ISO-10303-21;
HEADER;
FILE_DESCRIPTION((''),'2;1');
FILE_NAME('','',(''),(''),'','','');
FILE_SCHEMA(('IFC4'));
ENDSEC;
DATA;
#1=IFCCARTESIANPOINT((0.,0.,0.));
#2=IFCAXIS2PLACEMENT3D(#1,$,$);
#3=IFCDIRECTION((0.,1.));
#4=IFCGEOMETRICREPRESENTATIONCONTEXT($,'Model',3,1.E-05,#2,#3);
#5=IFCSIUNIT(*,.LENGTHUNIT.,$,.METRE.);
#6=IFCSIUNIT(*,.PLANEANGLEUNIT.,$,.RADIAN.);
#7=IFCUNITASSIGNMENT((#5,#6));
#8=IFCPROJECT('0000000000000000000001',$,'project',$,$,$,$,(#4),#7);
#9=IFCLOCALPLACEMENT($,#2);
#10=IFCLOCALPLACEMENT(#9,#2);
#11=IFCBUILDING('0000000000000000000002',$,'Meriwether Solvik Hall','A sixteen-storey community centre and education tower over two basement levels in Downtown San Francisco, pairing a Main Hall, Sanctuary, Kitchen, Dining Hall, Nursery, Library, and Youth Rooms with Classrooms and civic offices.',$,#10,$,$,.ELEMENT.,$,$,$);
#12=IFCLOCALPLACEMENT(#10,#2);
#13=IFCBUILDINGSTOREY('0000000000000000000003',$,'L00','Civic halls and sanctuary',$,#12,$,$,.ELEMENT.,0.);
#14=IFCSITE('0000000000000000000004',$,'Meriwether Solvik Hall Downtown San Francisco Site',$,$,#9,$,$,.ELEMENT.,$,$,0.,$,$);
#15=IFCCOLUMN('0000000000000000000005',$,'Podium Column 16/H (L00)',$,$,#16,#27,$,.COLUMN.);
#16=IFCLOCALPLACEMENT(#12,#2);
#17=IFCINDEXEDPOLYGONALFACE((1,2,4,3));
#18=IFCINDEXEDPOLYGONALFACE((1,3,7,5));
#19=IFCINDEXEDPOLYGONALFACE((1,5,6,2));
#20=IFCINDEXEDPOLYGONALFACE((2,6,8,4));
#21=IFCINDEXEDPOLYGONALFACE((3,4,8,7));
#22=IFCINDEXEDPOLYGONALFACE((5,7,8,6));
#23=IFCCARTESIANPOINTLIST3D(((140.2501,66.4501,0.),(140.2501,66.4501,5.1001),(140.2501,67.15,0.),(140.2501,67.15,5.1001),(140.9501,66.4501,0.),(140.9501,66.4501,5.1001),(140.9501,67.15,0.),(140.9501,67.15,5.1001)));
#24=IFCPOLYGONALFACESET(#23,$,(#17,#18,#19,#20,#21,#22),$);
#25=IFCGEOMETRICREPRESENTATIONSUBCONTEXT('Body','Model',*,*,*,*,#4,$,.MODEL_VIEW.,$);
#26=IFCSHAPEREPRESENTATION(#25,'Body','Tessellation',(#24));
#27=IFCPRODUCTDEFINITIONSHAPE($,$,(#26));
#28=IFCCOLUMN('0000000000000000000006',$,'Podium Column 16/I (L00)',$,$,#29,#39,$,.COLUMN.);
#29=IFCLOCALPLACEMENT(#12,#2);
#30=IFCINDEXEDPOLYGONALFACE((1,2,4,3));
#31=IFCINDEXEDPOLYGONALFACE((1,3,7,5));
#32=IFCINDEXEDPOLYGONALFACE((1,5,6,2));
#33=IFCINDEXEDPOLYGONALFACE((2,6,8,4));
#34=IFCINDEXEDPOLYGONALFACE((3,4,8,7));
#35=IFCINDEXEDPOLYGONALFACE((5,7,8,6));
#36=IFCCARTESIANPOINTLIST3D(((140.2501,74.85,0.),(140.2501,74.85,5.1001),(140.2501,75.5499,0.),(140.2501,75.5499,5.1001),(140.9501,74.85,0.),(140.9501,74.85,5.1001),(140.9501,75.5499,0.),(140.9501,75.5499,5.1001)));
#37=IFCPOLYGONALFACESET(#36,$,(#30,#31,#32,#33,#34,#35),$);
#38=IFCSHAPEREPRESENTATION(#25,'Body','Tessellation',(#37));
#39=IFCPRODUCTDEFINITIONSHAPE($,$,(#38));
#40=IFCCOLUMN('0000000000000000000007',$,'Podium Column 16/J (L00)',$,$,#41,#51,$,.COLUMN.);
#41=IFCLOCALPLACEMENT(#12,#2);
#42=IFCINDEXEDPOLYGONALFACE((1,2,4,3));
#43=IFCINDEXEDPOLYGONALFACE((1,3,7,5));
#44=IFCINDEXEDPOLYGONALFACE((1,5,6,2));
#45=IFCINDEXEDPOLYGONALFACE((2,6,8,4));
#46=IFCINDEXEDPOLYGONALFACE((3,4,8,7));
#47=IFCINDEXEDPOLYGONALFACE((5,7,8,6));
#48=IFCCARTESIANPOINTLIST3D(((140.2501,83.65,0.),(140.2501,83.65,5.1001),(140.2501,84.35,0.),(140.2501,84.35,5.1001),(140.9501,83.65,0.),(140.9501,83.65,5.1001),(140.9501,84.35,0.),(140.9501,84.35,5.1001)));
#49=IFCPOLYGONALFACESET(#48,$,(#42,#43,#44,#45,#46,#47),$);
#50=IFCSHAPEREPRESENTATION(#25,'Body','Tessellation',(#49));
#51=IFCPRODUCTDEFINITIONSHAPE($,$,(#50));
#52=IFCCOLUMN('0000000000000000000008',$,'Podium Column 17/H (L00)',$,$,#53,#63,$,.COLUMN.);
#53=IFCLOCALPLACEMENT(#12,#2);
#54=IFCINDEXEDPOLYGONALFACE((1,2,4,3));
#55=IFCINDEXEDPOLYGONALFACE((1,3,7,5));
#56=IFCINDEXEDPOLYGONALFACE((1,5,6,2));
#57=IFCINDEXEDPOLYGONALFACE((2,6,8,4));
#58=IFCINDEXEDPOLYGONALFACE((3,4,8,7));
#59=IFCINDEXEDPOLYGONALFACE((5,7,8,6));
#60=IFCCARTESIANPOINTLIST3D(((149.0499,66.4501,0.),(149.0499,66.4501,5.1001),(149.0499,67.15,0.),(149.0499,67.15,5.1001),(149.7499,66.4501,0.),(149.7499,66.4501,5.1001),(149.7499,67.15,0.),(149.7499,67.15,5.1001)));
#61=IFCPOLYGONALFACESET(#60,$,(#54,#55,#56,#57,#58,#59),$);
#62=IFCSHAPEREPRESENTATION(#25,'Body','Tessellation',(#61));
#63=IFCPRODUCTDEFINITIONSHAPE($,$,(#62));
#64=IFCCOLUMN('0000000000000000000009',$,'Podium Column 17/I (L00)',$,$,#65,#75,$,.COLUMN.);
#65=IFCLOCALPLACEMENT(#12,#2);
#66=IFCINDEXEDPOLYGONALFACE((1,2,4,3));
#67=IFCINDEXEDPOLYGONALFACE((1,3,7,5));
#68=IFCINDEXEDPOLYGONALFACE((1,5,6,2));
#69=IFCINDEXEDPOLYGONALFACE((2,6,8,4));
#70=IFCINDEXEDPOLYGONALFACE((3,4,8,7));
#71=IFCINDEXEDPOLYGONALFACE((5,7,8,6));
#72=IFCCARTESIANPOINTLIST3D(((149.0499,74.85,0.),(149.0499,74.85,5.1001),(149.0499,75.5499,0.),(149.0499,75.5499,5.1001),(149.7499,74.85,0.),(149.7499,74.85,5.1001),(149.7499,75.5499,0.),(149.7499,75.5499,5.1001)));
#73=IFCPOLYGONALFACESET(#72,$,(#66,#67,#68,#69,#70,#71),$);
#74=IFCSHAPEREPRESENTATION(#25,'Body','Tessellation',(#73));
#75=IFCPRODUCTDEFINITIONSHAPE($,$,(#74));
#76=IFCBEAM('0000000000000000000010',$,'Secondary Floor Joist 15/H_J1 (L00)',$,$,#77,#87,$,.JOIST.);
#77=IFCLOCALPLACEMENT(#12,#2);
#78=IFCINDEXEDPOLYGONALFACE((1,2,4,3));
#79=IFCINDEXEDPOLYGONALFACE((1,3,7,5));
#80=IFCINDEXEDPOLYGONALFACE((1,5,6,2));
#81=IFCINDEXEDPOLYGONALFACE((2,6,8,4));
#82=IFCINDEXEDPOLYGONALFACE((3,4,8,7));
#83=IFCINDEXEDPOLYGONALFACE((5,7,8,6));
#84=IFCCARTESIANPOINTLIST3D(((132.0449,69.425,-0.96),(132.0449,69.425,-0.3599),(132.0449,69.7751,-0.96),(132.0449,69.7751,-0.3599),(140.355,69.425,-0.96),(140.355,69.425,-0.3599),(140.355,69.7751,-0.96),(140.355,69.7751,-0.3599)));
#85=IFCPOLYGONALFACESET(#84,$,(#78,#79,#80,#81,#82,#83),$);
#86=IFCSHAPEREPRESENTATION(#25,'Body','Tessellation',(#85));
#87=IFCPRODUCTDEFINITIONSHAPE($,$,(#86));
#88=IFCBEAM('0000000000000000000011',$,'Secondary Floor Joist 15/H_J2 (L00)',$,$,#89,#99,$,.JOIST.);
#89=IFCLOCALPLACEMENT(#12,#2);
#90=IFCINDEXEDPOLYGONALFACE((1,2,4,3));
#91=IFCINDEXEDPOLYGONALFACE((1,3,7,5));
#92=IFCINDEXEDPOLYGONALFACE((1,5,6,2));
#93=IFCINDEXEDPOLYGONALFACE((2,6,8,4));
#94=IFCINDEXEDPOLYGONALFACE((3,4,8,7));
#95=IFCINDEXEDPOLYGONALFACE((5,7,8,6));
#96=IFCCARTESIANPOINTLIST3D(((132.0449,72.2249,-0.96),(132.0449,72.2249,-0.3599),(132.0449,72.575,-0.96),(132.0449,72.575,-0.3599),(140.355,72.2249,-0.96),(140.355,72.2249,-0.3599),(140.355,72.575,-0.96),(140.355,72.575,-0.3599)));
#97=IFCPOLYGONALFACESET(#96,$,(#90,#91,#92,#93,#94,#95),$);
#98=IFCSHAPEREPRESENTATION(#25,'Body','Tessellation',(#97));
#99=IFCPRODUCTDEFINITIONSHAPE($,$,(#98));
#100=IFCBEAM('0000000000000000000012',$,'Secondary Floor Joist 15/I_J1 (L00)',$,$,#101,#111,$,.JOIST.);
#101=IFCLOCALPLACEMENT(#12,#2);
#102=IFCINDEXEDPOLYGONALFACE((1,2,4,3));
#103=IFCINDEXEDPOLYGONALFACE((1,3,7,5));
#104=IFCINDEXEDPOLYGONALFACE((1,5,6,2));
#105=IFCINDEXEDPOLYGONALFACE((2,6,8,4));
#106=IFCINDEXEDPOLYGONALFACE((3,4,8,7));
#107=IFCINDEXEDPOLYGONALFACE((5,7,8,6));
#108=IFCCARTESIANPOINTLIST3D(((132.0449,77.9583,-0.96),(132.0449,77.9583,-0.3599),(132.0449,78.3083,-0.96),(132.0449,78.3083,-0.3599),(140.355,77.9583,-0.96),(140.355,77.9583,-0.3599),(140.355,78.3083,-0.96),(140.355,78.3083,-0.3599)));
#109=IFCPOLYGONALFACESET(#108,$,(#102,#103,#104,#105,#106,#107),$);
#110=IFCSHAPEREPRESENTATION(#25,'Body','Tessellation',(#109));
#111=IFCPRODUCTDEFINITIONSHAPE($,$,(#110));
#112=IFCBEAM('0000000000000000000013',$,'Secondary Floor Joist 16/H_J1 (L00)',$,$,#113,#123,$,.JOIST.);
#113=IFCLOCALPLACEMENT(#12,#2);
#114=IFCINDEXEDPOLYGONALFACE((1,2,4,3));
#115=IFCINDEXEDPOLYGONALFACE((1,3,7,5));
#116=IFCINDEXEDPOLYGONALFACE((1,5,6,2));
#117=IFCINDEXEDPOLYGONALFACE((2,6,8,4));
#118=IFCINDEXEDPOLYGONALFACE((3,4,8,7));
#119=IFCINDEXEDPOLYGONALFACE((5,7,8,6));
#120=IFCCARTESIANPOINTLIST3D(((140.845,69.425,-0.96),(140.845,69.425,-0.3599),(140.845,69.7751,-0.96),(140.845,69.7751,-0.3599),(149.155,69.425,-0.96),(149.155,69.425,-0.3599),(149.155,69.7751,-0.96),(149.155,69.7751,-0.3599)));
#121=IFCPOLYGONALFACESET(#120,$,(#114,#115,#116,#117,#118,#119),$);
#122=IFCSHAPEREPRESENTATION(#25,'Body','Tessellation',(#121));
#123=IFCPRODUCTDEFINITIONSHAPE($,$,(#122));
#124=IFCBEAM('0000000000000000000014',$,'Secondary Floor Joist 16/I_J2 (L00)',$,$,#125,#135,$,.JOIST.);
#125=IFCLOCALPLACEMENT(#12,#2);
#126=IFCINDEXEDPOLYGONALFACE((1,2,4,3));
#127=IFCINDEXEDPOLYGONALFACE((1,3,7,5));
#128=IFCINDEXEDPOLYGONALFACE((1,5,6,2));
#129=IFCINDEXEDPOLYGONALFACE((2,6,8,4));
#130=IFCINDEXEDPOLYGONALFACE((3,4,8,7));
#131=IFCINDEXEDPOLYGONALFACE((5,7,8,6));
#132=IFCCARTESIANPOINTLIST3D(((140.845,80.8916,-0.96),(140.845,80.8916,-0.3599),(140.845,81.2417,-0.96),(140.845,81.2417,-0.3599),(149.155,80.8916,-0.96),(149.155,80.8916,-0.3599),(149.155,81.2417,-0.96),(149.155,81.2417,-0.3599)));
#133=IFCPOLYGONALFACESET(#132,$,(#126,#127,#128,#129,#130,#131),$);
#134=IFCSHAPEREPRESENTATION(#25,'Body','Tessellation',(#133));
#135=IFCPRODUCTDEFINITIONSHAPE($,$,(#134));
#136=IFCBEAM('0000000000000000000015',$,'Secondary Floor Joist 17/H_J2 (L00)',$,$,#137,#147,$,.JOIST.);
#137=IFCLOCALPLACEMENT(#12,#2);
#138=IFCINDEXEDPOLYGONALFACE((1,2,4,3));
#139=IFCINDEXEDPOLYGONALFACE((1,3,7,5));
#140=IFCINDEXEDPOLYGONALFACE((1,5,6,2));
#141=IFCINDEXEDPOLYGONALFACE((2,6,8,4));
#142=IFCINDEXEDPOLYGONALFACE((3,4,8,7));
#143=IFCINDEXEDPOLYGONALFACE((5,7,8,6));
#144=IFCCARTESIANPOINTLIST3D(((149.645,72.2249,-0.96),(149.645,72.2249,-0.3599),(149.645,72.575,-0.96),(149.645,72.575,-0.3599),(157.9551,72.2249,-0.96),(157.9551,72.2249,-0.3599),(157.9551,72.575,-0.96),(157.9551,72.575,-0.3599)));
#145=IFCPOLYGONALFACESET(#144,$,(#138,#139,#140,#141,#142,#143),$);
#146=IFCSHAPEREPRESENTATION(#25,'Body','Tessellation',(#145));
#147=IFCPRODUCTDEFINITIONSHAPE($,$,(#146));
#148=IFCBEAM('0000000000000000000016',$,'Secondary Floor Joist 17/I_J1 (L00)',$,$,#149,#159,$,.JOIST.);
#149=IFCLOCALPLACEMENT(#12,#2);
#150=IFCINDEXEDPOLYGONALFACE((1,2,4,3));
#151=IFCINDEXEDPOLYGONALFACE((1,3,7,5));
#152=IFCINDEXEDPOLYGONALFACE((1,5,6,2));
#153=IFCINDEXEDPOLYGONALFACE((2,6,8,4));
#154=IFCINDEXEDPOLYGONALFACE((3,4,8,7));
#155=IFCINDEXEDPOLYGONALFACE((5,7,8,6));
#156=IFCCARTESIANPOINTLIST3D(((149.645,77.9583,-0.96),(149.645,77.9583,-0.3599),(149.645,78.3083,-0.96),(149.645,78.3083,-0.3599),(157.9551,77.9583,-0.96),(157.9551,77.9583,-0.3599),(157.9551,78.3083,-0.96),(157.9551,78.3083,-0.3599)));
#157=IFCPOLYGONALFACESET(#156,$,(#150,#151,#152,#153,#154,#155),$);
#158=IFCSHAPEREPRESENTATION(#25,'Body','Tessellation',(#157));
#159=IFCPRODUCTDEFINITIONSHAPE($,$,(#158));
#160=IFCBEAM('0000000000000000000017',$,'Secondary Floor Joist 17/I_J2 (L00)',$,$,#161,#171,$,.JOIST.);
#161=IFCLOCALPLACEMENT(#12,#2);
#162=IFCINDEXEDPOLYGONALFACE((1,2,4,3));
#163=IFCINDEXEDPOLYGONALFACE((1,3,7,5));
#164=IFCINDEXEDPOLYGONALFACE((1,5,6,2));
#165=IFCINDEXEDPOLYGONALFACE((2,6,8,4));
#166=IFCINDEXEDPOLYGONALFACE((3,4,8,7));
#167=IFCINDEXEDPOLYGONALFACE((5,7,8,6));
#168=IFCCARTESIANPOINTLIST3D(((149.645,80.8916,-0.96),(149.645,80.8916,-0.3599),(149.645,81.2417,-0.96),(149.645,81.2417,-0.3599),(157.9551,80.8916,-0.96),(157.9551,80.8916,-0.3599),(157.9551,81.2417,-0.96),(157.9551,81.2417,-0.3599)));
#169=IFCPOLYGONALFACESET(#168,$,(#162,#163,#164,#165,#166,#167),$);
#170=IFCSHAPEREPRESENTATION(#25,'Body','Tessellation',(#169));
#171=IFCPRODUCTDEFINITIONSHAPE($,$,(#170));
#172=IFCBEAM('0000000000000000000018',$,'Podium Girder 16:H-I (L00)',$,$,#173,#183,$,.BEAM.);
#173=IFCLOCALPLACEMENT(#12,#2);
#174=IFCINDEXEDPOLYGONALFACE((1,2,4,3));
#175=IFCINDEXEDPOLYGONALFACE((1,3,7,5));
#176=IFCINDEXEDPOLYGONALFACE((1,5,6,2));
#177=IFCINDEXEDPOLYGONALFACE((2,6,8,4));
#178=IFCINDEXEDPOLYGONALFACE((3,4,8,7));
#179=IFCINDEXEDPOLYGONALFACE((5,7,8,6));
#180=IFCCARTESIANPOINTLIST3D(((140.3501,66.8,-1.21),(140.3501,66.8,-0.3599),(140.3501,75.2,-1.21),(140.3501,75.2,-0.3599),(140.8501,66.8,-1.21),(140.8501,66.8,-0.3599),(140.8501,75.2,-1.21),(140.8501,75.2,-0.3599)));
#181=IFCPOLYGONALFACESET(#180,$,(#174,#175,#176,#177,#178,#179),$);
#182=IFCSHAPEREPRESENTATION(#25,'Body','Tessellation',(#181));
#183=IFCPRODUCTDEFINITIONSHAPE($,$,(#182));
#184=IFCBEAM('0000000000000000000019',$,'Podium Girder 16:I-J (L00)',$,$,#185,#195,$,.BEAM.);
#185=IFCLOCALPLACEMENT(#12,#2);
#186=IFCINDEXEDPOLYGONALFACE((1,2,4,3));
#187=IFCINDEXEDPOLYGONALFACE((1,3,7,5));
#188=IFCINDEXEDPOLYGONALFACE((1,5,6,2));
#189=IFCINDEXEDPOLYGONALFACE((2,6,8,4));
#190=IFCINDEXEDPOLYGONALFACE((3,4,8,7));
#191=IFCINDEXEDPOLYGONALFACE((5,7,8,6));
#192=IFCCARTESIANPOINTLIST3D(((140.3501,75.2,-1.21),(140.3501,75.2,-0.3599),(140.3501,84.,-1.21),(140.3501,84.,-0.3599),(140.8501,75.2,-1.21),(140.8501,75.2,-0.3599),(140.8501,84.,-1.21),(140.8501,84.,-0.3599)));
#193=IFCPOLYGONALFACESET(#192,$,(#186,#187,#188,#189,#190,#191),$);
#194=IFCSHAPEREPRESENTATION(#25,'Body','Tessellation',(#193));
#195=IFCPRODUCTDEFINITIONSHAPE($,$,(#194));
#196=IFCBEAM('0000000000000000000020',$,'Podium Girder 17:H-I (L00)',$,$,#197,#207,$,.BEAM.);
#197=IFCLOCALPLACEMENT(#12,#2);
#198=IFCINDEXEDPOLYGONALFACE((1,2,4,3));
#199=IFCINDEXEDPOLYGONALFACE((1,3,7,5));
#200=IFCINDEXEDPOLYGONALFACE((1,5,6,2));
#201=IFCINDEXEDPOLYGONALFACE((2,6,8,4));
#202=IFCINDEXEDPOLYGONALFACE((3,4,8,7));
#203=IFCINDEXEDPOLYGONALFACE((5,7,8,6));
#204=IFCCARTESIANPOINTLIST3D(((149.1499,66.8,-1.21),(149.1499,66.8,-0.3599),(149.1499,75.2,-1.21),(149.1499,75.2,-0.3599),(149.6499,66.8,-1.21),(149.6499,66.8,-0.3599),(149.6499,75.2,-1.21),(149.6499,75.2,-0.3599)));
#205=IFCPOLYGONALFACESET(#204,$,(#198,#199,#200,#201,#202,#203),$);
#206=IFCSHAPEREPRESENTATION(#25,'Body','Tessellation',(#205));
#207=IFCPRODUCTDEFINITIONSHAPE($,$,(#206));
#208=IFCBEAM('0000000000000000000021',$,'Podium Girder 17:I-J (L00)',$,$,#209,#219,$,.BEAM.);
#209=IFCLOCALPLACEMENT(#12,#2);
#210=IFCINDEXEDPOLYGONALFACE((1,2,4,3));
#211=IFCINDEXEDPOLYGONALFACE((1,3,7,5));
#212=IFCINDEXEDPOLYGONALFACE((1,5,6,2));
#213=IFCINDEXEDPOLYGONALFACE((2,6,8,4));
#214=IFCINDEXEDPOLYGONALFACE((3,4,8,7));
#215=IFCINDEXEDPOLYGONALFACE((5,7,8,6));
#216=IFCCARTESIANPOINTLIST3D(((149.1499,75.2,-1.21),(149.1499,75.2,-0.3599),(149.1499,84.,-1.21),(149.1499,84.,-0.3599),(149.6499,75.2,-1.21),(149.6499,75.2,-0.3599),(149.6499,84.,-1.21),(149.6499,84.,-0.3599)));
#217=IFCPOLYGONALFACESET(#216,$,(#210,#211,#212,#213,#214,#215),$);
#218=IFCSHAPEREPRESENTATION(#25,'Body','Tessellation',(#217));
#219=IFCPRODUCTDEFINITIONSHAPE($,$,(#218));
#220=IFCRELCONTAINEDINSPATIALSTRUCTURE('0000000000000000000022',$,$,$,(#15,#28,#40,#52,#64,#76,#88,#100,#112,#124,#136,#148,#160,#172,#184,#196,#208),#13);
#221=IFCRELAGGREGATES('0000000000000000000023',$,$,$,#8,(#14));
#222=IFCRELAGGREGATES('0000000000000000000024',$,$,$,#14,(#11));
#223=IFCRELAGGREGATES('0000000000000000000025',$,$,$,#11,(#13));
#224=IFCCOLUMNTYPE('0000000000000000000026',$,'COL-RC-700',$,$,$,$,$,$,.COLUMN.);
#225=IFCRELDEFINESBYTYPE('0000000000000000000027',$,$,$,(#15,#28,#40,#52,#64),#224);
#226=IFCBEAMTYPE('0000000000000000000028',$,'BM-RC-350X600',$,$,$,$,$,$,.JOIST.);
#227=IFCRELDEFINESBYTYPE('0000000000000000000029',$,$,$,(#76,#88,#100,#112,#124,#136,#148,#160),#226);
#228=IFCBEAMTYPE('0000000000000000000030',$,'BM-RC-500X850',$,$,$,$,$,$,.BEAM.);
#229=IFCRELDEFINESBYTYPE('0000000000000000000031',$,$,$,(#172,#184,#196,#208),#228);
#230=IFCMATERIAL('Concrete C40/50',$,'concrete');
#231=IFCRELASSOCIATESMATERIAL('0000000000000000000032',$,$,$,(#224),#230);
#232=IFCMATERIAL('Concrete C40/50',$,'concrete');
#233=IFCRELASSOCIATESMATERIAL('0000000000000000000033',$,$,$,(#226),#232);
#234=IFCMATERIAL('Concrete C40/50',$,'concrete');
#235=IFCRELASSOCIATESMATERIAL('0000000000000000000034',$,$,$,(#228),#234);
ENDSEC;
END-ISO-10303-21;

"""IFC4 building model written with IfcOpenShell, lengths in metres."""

from ifc_helpers import new_model, si_unit, direction, frame, origin, origin_2d, place, context, subcontext, project, spatial, rectangle, extrude, material, material_profile, profile_set, type_object, element, save


model = new_model("IFC4")

# Units and contexts
model_context = context("Model", 3, precision=1e-05, world=origin(), true_north=direction((0.0, 1.0)))
body_context = subcontext(model_context, "Body", "Model", "MODEL_VIEW")
ifc_project = project(units=[si_unit("LENGTHUNIT", "METRE"), si_unit("PLANEANGLEUNIT", "RADIAN")], contexts=[model_context])

# Site, building, storey
site_placement = place(None, origin())
site = spatial("IfcSite", under=ifc_project, at=site_placement, Name="Meriwether Solvik Hall Downtown San Francisco Site", CompositionType="ELEMENT", RefElevation=0.0)
building_placement = place(site_placement, origin())
building = spatial("IfcBuilding", under=site, at=building_placement, Name="Meriwether Solvik Hall", Description="A sixteen-storey community centre and education tower over two basement levels in Downtown San Francisco, pairing a Main Hall, Sanctuary, Kitchen, Dining Hall, Nursery, Library, and Youth Rooms with Classrooms and civic offices.", CompositionType="ELEMENT")
storey_placement = place(building_placement, origin())
storey = spatial("IfcBuildingStorey", under=building, at=storey_placement, Name="L00", Description="Civic halls and sanctuary", CompositionType="ELEMENT", Elevation=0.0)

# Columns
ifc_material_1 = material(Name="Concrete C40/50", Category="concrete")
ifc_material_profile_1 = material_profile(ifc_material_1, rectangle(XDim=0.7, YDim=0.7, at=origin_2d()), Name="RCC-700X700")
ifc_profile_set_1 = profile_set([ifc_material_profile_1], Name="Concrete C40/50")
column_type = type_object("IfcColumnType", Name="COL-RC-700", PredefinedType="COLUMN", material=ifc_profile_set_1)
for number, where, z_axis, x_axis, name in (
    (1, (140.6001, 66.8, 0.0), (0.0, 0.0, 1.0), (1.0, 0.0, 0.0), "Podium Column 16/H (L00)"),
    (2, (140.6001, 75.2, 0.0), (0.0, 0.0, 1.0), (1.0, 0.0, 0.0), "Podium Column 16/I (L00)"),
    (3, (140.6001, 84.0, 0.0), (0.0, 0.0, 1.0), (1.0, 0.0, 0.0), "Podium Column 16/J (L00)"),
    (4, (149.3999, 66.8, 0.0), (0.0, 0.0, 1.0), (1.0, 0.0, 0.0), "Podium Column 17/H (L00)"),
    (5, (149.3999, 75.2, 0.0), (0.0, 0.0, 1.0), (1.0, 0.0, 0.0), "Podium Column 17/I (L00)"),
):
    element("IfcColumn", number, at=place(storey_placement, frame(where, z_axis=z_axis, x_axis=x_axis)), inside=storey, type_object=column_type, Name=name, PredefinedType="COLUMN", context=body_context, shape_type="SweptSolid", body=[
        extrude(rectangle(XDim=0.7, YDim=0.7, at=origin_2d()), origin(), (0.0, 0.0, 1.0), 5.1001),
    ])

# Beams
ifc_material_2 = material(Name="Concrete C40/50", Category="concrete")
ifc_material_profile_2 = material_profile(ifc_material_2, rectangle(XDim=0.3501, YDim=0.6001, at=origin_2d()), Name="RCB-350X600")
ifc_profile_set_2 = profile_set([ifc_material_profile_2], Name="Concrete C40/50")
beam_type_1 = type_object("IfcBeamType", Name="BM-RC-350X600", PredefinedType="JOIST", material=ifc_profile_set_2)
for number, where, z_axis, x_axis, name in (
    (6, (132.0449, 69.6001, -0.6599), (1.0, 0.0, 0.0), (0.0, 1.0, 0.0), "Secondary Floor Joist 15/H_J1 (L00)"),
    (7, (132.0449, 72.3999, -0.6599), (1.0, 0.0, 0.0), (0.0, 1.0, 0.0), "Secondary Floor Joist 15/H_J2 (L00)"),
    (8, (132.0449, 78.1333, -0.6599), (1.0, 0.0, 0.0), (0.0, 1.0, 0.0), "Secondary Floor Joist 15/I_J1 (L00)"),
    (9, (140.845, 69.6001, -0.6599), (1.0, 0.0, 0.0), (0.0, 1.0, 0.0), "Secondary Floor Joist 16/H_J1 (L00)"),
    (10, (140.845, 81.0667, -0.6599), (1.0, 0.0, 0.0), (0.0, 1.0, 0.0), "Secondary Floor Joist 16/I_J2 (L00)"),
    (11, (149.645, 72.3999, -0.6599), (1.0, 0.0, 0.0), (0.0, 1.0, 0.0), "Secondary Floor Joist 17/H_J2 (L00)"),
    (12, (149.645, 78.1333, -0.6599), (1.0, 0.0, 0.0), (0.0, 1.0, 0.0), "Secondary Floor Joist 17/I_J1 (L00)"),
    (13, (149.645, 81.0667, -0.6599), (1.0, 0.0, 0.0), (0.0, 1.0, 0.0), "Secondary Floor Joist 17/I_J2 (L00)"),
):
    element("IfcBeam", number, at=place(storey_placement, frame(where, z_axis=z_axis, x_axis=x_axis)), inside=storey, type_object=beam_type_1, Name=name, PredefinedType="JOIST", context=body_context, shape_type="SweptSolid", body=[
        extrude(rectangle(XDim=0.3501, YDim=0.6001, at=origin_2d()), origin(), (0.0, 0.0, 1.0), 8.3101),
    ])
ifc_material_3 = material(Name="Concrete C40/50", Category="concrete")
ifc_material_profile_3 = material_profile(ifc_material_3, rectangle(XDim=0.5, YDim=0.8501, at=origin_2d()), Name="RCB-500X850")
ifc_profile_set_3 = profile_set([ifc_material_profile_3], Name="Concrete C40/50")
beam_type_2 = type_object("IfcBeamType", Name="BM-RC-500X850", PredefinedType="BEAM", material=ifc_profile_set_3)
beam_1_placement = place(storey_placement, frame((140.6001, 66.8, -0.7849), z_axis=(0.0, 1.0, 0.0), x_axis=(-1.0, 0.0, 0.0)))
element("IfcBeam", 14, at=beam_1_placement, inside=storey, type_object=beam_type_2, Name="Podium Girder 16:H-I (L00)", PredefinedType="BEAM", context=body_context, shape_type="SweptSolid", body=[
    extrude(rectangle(XDim=0.5, YDim=0.8501, at=origin_2d()), origin(), (0.0, 0.0, 1.0), 8.3999),
])
beam_2_placement = place(storey_placement, frame((140.6001, 75.2, -0.7849), z_axis=(0.0, 1.0, 0.0), x_axis=(-1.0, 0.0, 0.0)))
element("IfcBeam", 15, at=beam_2_placement, inside=storey, type_object=beam_type_2, Name="Podium Girder 16:I-J (L00)", PredefinedType="BEAM", context=body_context, shape_type="SweptSolid", body=[
    extrude(rectangle(XDim=0.5, YDim=0.8501, at=origin_2d()), origin(), (0.0, 0.0, 1.0), 8.8),
])
beam_3_placement = place(storey_placement, frame((149.3999, 66.8, -0.7849), z_axis=(0.0, 1.0, 0.0), x_axis=(-1.0, 0.0, 0.0)))
element("IfcBeam", 16, at=beam_3_placement, inside=storey, type_object=beam_type_2, Name="Podium Girder 17:H-I (L00)", PredefinedType="BEAM", context=body_context, shape_type="SweptSolid", body=[
    extrude(rectangle(XDim=0.5, YDim=0.8501, at=origin_2d()), origin(), (0.0, 0.0, 1.0), 8.3999),
])
beam_4_placement = place(storey_placement, frame((149.3999, 75.2, -0.7849), z_axis=(0.0, 1.0, 0.0), x_axis=(-1.0, 0.0, 0.0)))
element("IfcBeam", 17, at=beam_4_placement, inside=storey, type_object=beam_type_2, Name="Podium Girder 17:I-J (L00)", PredefinedType="BEAM", context=body_context, shape_type="SweptSolid", body=[
    extrude(rectangle(XDim=0.5, YDim=0.8501, at=origin_2d()), origin(), (0.0, 0.0, 1.0), 8.8),
])

save(model, "model.ifc")
